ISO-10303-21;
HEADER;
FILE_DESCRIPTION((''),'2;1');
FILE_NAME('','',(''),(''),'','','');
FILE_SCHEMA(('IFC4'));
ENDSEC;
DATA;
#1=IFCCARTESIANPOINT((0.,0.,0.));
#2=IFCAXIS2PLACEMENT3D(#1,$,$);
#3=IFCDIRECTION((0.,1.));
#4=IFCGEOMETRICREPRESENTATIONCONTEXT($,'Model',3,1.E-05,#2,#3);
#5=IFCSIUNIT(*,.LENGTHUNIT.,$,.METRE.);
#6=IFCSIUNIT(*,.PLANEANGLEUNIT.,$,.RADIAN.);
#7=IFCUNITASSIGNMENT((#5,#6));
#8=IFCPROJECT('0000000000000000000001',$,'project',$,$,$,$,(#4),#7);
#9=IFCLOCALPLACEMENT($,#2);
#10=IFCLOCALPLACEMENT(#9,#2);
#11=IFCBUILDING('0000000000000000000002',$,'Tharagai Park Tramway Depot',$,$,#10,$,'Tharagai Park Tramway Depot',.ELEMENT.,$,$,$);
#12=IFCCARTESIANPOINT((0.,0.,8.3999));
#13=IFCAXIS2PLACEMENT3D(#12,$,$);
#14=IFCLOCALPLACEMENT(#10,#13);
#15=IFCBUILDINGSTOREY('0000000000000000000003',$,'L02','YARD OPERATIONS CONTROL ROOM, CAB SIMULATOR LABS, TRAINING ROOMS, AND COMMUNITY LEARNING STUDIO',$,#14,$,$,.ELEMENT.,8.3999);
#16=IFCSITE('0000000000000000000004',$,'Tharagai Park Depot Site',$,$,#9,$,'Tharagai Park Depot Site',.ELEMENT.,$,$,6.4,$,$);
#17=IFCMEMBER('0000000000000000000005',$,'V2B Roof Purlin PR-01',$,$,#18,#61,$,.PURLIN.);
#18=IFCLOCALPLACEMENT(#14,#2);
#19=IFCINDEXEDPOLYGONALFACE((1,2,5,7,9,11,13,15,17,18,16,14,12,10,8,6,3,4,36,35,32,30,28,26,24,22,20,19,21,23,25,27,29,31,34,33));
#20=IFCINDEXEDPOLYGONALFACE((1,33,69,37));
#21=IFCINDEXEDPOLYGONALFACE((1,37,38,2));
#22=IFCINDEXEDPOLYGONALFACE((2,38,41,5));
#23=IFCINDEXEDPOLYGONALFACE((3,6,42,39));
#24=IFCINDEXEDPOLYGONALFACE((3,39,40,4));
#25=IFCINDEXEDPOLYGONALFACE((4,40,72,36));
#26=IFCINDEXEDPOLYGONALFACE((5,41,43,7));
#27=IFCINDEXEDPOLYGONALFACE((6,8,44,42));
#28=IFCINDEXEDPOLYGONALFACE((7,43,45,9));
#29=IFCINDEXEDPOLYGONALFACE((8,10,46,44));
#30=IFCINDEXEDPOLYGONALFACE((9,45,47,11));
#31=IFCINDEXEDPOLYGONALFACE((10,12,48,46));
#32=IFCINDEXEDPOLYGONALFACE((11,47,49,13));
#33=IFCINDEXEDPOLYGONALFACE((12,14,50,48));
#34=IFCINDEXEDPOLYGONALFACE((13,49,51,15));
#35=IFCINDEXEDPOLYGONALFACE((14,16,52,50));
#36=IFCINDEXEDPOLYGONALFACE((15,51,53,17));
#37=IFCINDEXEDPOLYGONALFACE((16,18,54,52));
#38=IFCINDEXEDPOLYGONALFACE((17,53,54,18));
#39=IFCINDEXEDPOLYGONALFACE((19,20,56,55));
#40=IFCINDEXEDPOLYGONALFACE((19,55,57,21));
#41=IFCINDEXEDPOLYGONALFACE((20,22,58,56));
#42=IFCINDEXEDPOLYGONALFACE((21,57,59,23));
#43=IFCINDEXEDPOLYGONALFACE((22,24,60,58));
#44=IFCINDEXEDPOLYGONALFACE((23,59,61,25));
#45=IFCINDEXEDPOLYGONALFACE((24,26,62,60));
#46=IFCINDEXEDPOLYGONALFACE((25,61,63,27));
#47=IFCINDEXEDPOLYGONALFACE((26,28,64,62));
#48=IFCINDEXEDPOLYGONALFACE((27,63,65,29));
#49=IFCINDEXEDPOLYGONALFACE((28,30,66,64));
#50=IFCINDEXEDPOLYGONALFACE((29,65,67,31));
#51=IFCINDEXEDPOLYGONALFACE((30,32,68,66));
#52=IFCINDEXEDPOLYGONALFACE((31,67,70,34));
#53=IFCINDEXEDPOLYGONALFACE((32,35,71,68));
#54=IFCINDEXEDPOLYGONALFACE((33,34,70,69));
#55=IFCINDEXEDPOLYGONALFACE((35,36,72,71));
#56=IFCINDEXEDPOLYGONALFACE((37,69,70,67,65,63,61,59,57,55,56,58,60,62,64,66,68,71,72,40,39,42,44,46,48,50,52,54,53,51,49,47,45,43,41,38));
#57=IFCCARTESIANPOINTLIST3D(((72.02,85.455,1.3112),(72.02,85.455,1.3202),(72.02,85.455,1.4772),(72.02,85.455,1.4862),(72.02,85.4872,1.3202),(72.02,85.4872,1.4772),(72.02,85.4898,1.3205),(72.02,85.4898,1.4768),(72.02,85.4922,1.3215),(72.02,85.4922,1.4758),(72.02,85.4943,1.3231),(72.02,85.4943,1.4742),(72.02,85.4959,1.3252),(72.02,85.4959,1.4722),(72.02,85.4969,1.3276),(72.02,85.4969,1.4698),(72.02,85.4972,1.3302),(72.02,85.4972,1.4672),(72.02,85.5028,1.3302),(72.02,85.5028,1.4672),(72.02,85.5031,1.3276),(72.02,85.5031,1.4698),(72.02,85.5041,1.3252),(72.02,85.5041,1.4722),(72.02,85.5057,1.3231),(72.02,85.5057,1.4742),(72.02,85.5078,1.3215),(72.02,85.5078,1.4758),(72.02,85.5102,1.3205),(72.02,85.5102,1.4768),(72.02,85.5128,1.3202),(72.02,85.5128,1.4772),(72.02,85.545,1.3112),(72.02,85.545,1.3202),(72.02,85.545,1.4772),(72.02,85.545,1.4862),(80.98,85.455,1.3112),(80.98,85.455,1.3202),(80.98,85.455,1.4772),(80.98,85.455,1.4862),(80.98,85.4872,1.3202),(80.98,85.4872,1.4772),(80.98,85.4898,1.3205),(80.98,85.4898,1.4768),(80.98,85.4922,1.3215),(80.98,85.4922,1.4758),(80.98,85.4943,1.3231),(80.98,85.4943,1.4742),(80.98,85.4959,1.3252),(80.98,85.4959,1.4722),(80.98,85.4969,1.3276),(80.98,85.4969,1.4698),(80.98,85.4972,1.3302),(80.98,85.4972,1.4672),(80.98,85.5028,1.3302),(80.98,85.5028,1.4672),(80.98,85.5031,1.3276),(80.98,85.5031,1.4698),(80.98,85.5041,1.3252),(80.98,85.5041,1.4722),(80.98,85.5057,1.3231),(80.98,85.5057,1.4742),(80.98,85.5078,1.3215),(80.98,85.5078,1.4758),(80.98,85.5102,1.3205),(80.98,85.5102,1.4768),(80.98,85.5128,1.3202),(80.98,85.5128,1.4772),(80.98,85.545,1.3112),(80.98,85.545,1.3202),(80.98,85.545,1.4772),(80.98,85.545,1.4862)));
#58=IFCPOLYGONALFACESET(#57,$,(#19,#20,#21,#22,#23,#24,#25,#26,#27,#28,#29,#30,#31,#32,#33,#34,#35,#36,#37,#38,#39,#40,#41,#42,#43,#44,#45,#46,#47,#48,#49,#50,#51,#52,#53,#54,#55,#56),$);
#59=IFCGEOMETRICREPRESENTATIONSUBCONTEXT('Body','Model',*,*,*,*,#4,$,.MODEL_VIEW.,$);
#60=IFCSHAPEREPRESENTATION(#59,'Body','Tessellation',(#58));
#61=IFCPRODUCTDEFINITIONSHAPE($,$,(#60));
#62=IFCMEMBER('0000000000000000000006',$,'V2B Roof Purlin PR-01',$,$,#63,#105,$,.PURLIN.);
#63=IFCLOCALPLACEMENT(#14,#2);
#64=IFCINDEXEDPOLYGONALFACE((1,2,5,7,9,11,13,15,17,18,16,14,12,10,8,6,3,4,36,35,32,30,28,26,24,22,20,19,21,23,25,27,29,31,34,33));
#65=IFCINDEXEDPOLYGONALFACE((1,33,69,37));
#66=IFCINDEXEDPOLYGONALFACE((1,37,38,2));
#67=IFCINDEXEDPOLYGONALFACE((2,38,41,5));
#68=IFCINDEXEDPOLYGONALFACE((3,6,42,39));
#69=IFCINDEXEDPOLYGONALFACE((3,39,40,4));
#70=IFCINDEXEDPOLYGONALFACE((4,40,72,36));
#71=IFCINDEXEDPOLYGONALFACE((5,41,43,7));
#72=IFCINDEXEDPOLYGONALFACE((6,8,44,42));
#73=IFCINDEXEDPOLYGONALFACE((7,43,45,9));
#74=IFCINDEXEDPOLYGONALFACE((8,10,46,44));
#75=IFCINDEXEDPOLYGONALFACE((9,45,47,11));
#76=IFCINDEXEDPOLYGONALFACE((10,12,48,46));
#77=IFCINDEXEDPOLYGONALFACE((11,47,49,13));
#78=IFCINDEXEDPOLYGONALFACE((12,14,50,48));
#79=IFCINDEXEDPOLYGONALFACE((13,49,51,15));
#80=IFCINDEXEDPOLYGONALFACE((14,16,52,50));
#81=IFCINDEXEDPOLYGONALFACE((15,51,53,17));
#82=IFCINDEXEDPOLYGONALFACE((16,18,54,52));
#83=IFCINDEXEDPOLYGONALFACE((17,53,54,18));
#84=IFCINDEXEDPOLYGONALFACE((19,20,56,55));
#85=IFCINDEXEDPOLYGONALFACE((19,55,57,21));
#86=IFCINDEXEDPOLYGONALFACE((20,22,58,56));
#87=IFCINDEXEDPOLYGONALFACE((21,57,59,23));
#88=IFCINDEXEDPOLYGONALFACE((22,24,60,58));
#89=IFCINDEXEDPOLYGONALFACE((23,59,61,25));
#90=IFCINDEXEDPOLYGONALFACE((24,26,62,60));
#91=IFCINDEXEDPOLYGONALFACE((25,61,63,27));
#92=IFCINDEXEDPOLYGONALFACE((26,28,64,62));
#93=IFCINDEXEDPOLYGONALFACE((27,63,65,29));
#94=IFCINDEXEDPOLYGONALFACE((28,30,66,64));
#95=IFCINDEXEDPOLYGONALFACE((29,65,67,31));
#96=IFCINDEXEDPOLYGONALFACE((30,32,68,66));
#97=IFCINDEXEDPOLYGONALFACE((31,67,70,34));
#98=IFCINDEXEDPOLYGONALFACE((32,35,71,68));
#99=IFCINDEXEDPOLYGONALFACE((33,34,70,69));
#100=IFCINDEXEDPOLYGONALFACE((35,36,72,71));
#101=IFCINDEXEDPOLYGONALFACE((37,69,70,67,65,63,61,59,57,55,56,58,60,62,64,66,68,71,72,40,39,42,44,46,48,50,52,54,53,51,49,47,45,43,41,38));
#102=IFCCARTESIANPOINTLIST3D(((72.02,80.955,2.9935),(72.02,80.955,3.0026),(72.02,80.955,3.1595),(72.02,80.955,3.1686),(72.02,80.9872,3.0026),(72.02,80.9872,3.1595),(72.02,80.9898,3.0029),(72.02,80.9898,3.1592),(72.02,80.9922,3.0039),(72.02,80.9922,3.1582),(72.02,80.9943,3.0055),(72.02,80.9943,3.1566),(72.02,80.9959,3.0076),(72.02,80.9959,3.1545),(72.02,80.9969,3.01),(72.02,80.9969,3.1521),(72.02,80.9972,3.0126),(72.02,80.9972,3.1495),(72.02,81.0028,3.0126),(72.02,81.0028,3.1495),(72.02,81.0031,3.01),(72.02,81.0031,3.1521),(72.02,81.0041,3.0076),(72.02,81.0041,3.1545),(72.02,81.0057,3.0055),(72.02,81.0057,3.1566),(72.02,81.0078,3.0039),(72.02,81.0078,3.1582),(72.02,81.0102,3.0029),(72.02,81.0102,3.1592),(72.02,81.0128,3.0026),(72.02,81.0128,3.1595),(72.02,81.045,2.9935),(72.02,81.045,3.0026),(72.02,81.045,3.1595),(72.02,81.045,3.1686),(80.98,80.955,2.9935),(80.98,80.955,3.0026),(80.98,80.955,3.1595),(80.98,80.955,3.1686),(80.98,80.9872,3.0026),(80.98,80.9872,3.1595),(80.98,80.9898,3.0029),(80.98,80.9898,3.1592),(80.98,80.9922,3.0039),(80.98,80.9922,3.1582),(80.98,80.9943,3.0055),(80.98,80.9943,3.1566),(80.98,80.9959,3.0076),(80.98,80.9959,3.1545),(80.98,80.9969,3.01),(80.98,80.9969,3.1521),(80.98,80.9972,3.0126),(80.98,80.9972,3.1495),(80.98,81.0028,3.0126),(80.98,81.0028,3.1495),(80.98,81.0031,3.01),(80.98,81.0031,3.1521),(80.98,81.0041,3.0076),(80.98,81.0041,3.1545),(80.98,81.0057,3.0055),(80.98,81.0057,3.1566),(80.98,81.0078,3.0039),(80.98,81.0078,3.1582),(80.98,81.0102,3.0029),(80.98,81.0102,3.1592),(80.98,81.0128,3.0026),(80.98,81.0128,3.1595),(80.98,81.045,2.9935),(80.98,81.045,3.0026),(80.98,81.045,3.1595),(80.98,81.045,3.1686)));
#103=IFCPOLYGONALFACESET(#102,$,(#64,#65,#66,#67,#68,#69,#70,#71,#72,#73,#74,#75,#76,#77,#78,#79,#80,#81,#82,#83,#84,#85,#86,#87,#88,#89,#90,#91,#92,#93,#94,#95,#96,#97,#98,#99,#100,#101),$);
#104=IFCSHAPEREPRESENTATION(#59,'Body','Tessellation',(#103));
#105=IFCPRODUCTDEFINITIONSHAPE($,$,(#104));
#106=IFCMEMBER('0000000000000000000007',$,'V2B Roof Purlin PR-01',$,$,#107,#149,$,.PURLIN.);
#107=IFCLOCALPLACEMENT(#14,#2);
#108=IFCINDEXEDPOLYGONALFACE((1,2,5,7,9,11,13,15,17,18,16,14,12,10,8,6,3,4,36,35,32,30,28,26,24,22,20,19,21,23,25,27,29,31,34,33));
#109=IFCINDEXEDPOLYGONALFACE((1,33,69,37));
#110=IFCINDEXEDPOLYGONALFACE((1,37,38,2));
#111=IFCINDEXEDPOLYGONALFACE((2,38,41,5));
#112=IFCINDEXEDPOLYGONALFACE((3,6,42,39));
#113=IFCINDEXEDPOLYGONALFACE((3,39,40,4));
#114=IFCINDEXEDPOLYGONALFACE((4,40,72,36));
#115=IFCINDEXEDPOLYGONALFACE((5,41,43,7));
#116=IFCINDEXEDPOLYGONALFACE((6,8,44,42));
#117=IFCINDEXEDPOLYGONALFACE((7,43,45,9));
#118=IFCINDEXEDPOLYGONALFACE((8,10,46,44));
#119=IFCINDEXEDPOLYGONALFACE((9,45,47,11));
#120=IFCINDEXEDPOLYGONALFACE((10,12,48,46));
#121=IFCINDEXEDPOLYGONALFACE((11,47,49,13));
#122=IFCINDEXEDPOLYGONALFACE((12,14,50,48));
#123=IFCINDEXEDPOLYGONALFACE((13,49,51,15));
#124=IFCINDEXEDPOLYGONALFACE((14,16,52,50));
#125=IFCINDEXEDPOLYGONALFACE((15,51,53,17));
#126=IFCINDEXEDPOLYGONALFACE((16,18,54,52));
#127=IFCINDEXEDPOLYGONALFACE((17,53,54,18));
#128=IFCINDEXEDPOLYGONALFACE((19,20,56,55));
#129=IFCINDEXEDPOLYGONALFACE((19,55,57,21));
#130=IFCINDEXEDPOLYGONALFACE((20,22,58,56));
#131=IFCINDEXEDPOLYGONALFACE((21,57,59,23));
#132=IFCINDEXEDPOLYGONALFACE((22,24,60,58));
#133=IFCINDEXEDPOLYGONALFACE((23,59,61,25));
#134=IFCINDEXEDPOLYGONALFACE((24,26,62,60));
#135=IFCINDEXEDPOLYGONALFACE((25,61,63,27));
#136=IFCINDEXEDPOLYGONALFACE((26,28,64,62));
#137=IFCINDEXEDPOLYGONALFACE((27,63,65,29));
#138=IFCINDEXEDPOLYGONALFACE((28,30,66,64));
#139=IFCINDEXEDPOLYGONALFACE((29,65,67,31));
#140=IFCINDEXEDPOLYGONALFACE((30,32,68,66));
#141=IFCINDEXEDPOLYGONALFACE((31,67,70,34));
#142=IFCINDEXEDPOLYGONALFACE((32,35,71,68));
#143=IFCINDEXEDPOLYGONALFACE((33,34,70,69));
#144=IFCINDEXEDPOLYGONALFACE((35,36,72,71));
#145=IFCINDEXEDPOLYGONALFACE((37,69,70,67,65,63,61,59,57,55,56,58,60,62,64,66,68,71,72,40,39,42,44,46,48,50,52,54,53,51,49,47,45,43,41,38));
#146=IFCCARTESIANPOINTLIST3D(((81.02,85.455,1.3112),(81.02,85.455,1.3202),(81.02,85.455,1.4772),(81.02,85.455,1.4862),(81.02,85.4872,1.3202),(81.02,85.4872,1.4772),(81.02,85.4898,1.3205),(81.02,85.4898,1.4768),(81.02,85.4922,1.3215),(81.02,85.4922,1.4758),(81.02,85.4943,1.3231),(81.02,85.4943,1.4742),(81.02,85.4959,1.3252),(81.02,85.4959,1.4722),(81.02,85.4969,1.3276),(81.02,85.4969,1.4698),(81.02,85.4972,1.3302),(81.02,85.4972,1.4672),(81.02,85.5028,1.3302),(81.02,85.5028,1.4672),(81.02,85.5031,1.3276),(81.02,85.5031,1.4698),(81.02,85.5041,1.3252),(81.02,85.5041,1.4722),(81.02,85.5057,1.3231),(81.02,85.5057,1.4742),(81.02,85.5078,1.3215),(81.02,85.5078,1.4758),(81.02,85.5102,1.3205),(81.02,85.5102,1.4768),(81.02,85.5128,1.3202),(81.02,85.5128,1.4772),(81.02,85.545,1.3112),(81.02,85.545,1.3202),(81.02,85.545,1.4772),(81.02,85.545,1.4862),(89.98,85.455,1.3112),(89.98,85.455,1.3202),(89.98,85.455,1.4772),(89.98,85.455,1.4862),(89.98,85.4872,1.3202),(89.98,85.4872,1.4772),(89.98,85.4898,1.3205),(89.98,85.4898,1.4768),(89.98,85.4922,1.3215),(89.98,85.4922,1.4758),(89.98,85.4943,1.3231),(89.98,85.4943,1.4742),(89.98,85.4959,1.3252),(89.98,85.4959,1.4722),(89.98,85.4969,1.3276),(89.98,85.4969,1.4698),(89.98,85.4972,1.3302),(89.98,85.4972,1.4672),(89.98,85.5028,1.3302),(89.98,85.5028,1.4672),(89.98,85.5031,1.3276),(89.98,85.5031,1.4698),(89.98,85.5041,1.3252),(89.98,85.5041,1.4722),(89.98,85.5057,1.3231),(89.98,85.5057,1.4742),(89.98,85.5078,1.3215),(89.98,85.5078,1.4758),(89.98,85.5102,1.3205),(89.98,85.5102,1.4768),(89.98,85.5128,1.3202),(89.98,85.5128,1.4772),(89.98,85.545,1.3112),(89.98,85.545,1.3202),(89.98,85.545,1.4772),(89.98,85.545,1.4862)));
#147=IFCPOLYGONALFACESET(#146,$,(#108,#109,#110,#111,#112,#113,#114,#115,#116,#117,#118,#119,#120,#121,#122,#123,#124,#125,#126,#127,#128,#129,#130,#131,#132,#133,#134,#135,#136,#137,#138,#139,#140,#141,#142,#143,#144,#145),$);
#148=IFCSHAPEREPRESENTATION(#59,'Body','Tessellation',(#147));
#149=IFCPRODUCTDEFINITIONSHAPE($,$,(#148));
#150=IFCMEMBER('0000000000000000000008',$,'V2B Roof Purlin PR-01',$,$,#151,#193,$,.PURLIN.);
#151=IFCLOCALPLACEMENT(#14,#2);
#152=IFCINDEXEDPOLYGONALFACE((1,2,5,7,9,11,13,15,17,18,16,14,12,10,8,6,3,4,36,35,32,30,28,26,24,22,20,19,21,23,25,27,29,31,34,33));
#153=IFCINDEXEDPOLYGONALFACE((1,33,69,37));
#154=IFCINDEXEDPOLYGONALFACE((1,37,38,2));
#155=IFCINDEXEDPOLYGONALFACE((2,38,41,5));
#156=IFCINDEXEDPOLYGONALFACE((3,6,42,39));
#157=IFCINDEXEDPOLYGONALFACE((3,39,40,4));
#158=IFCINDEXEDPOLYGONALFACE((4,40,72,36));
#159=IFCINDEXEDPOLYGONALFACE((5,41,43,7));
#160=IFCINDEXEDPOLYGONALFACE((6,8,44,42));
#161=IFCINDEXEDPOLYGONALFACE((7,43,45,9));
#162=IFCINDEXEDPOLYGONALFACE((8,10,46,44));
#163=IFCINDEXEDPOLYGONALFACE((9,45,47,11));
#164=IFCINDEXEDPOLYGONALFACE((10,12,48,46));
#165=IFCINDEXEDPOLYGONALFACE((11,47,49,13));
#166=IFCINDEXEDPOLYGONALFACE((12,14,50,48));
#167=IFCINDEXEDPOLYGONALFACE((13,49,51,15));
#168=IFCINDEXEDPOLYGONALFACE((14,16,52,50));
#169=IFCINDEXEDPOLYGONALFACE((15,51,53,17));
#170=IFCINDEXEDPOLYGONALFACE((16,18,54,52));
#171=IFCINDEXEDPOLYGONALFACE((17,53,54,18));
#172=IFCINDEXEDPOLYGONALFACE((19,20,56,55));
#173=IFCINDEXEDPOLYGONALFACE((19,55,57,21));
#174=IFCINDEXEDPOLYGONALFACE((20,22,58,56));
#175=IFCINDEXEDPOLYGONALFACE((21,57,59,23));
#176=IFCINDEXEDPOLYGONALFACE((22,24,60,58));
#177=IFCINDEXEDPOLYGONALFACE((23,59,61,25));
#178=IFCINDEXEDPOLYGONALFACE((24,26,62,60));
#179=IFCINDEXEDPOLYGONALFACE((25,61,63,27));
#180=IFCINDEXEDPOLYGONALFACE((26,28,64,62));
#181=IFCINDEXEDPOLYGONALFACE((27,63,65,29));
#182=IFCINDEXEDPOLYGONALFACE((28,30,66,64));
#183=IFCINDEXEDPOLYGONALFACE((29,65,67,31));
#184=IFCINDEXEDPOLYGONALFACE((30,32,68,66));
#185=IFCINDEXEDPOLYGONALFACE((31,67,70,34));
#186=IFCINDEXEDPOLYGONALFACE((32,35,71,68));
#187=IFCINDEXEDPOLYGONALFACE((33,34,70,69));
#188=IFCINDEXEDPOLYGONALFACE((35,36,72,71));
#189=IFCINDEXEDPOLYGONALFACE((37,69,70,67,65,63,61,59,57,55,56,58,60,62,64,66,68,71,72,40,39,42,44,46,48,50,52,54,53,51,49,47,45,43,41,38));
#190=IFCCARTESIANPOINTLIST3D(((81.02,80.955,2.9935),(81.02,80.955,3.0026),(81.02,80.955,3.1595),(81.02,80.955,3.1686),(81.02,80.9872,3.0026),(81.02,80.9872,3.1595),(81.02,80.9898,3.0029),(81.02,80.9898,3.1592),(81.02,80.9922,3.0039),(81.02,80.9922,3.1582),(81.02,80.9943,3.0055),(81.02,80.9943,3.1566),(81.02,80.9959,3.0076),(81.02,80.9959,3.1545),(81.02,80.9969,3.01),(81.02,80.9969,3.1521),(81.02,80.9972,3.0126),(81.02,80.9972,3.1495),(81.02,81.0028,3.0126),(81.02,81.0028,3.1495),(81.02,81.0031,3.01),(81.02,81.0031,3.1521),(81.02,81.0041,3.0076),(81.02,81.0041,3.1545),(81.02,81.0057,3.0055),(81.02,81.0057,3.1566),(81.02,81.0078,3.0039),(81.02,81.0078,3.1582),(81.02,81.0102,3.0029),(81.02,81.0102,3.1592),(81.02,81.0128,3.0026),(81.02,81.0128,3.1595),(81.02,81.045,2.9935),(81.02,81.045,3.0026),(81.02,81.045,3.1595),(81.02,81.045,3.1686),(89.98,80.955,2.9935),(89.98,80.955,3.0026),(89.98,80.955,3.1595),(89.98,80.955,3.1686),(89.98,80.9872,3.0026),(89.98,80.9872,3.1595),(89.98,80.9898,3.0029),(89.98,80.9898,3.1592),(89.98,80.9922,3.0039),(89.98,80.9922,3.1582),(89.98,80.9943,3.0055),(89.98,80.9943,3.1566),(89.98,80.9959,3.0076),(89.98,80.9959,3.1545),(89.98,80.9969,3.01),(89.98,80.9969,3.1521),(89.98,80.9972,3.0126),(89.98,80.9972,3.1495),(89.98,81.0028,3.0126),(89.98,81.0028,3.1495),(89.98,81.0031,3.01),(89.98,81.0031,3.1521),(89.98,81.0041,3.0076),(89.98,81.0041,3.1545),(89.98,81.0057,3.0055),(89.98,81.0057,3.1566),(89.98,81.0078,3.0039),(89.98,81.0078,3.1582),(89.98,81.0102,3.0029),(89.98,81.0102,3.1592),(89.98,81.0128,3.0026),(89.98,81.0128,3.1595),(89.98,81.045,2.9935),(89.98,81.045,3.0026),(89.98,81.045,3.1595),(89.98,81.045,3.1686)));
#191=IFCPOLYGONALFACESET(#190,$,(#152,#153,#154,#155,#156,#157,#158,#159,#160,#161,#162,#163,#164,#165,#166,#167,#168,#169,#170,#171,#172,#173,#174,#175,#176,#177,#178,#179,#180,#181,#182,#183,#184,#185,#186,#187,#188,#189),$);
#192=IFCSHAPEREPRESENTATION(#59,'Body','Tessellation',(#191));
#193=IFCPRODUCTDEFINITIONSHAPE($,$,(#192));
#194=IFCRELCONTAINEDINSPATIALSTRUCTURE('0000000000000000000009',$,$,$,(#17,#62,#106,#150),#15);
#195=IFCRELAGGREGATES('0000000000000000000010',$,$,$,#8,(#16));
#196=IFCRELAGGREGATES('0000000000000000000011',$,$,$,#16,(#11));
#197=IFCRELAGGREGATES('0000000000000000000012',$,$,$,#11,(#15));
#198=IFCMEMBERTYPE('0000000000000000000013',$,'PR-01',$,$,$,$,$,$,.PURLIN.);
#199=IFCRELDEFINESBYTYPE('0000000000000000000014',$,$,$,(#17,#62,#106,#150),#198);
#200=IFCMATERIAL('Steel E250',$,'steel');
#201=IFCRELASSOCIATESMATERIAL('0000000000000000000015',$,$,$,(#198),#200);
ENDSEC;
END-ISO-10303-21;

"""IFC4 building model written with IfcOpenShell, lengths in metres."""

from ifc_helpers import new_model, si_unit, direction, frame, origin, origin_2d, place, context, subcontext, project, spatial, i_section, extrude, material, material_profile, profile_set, type_object, element, save


model = new_model("IFC4")

# Units and contexts
model_context = context("Model", 3, precision=1e-05, world=origin(), true_north=direction((0.0, 1.0)))
body_context = subcontext(model_context, "Body", "Model", "MODEL_VIEW")
ifc_project = project(units=[si_unit("LENGTHUNIT", "METRE"), si_unit("PLANEANGLEUNIT", "RADIAN")], contexts=[model_context])

# Site, building, storey
site_placement = place(None, origin())
site = spatial("IfcSite", under=ifc_project, at=site_placement, Name="Tharagai Park Depot Site", LongName="Tharagai Park Depot Site", CompositionType="ELEMENT", RefElevation=6.4)
building_placement = place(site_placement, origin())
building = spatial("IfcBuilding", under=site, at=building_placement, Name="Tharagai Park Tramway Depot", LongName="Tharagai Park Tramway Depot", CompositionType="ELEMENT")
storey_placement = place(building_placement, frame((0.0, 0.0, 8.3999)))
storey = spatial("IfcBuildingStorey", under=building, at=storey_placement, Name="L02", Description="YARD OPERATIONS CONTROL ROOM, CAB SIMULATOR LABS, TRAINING ROOMS, AND COMMUNITY LEARNING STUDIO", CompositionType="ELEMENT", Elevation=8.3999)

# Members
ifc_material_1 = material(Name="Steel E250", Category="steel")
ifc_material_profile_1 = material_profile(ifc_material_1, i_section(OverallWidth=0.0901, OverallDepth=0.175, WebThickness=0.0056, FlangeThickness=0.009, FilletRadius=0.01, at=origin_2d()), Name="ISMB 175")
ifc_profile_set_1 = profile_set([ifc_material_profile_1], Name="Steel E250")
member_type_1 = type_object("IfcMemberType", Name="PR-01", PredefinedType="PURLIN", material=ifc_profile_set_1)
for number, where, z_axis, x_axis, name in (
    (1, (72.02, 85.5, 1.3987), (1.0, 0.0, 0.0), (0.0, 1.0, 0.0), "V2B Roof Purlin PR-01"),
    (2, (72.02, 81.0, 3.0811), (1.0, 0.0, 0.0), (0.0, 1.0, 0.0), "V2B Roof Purlin PR-01"),
    (3, (81.02, 85.5, 1.3987), (1.0, 0.0, 0.0), (0.0, 1.0, 0.0), "V2B Roof Purlin PR-01"),
    (4, (81.02, 81.0, 3.0811), (1.0, 0.0, 0.0), (0.0, 1.0, 0.0), "V2B Roof Purlin PR-01"),
):
    element("IfcMember", number, at=place(storey_placement, frame(where, z_axis=z_axis, x_axis=x_axis)), inside=storey, type_object=member_type_1, Name=name, PredefinedType="PURLIN", context=body_context, shape_type="SweptSolid", body=[
        extrude(i_section(OverallWidth=0.0901, OverallDepth=0.175, WebThickness=0.0056, FlangeThickness=0.009, FilletRadius=0.01, at=origin_2d()), origin(), (0.0, 0.0, 1.0), 8.96),
    ])

save(model, "model.ifc")
